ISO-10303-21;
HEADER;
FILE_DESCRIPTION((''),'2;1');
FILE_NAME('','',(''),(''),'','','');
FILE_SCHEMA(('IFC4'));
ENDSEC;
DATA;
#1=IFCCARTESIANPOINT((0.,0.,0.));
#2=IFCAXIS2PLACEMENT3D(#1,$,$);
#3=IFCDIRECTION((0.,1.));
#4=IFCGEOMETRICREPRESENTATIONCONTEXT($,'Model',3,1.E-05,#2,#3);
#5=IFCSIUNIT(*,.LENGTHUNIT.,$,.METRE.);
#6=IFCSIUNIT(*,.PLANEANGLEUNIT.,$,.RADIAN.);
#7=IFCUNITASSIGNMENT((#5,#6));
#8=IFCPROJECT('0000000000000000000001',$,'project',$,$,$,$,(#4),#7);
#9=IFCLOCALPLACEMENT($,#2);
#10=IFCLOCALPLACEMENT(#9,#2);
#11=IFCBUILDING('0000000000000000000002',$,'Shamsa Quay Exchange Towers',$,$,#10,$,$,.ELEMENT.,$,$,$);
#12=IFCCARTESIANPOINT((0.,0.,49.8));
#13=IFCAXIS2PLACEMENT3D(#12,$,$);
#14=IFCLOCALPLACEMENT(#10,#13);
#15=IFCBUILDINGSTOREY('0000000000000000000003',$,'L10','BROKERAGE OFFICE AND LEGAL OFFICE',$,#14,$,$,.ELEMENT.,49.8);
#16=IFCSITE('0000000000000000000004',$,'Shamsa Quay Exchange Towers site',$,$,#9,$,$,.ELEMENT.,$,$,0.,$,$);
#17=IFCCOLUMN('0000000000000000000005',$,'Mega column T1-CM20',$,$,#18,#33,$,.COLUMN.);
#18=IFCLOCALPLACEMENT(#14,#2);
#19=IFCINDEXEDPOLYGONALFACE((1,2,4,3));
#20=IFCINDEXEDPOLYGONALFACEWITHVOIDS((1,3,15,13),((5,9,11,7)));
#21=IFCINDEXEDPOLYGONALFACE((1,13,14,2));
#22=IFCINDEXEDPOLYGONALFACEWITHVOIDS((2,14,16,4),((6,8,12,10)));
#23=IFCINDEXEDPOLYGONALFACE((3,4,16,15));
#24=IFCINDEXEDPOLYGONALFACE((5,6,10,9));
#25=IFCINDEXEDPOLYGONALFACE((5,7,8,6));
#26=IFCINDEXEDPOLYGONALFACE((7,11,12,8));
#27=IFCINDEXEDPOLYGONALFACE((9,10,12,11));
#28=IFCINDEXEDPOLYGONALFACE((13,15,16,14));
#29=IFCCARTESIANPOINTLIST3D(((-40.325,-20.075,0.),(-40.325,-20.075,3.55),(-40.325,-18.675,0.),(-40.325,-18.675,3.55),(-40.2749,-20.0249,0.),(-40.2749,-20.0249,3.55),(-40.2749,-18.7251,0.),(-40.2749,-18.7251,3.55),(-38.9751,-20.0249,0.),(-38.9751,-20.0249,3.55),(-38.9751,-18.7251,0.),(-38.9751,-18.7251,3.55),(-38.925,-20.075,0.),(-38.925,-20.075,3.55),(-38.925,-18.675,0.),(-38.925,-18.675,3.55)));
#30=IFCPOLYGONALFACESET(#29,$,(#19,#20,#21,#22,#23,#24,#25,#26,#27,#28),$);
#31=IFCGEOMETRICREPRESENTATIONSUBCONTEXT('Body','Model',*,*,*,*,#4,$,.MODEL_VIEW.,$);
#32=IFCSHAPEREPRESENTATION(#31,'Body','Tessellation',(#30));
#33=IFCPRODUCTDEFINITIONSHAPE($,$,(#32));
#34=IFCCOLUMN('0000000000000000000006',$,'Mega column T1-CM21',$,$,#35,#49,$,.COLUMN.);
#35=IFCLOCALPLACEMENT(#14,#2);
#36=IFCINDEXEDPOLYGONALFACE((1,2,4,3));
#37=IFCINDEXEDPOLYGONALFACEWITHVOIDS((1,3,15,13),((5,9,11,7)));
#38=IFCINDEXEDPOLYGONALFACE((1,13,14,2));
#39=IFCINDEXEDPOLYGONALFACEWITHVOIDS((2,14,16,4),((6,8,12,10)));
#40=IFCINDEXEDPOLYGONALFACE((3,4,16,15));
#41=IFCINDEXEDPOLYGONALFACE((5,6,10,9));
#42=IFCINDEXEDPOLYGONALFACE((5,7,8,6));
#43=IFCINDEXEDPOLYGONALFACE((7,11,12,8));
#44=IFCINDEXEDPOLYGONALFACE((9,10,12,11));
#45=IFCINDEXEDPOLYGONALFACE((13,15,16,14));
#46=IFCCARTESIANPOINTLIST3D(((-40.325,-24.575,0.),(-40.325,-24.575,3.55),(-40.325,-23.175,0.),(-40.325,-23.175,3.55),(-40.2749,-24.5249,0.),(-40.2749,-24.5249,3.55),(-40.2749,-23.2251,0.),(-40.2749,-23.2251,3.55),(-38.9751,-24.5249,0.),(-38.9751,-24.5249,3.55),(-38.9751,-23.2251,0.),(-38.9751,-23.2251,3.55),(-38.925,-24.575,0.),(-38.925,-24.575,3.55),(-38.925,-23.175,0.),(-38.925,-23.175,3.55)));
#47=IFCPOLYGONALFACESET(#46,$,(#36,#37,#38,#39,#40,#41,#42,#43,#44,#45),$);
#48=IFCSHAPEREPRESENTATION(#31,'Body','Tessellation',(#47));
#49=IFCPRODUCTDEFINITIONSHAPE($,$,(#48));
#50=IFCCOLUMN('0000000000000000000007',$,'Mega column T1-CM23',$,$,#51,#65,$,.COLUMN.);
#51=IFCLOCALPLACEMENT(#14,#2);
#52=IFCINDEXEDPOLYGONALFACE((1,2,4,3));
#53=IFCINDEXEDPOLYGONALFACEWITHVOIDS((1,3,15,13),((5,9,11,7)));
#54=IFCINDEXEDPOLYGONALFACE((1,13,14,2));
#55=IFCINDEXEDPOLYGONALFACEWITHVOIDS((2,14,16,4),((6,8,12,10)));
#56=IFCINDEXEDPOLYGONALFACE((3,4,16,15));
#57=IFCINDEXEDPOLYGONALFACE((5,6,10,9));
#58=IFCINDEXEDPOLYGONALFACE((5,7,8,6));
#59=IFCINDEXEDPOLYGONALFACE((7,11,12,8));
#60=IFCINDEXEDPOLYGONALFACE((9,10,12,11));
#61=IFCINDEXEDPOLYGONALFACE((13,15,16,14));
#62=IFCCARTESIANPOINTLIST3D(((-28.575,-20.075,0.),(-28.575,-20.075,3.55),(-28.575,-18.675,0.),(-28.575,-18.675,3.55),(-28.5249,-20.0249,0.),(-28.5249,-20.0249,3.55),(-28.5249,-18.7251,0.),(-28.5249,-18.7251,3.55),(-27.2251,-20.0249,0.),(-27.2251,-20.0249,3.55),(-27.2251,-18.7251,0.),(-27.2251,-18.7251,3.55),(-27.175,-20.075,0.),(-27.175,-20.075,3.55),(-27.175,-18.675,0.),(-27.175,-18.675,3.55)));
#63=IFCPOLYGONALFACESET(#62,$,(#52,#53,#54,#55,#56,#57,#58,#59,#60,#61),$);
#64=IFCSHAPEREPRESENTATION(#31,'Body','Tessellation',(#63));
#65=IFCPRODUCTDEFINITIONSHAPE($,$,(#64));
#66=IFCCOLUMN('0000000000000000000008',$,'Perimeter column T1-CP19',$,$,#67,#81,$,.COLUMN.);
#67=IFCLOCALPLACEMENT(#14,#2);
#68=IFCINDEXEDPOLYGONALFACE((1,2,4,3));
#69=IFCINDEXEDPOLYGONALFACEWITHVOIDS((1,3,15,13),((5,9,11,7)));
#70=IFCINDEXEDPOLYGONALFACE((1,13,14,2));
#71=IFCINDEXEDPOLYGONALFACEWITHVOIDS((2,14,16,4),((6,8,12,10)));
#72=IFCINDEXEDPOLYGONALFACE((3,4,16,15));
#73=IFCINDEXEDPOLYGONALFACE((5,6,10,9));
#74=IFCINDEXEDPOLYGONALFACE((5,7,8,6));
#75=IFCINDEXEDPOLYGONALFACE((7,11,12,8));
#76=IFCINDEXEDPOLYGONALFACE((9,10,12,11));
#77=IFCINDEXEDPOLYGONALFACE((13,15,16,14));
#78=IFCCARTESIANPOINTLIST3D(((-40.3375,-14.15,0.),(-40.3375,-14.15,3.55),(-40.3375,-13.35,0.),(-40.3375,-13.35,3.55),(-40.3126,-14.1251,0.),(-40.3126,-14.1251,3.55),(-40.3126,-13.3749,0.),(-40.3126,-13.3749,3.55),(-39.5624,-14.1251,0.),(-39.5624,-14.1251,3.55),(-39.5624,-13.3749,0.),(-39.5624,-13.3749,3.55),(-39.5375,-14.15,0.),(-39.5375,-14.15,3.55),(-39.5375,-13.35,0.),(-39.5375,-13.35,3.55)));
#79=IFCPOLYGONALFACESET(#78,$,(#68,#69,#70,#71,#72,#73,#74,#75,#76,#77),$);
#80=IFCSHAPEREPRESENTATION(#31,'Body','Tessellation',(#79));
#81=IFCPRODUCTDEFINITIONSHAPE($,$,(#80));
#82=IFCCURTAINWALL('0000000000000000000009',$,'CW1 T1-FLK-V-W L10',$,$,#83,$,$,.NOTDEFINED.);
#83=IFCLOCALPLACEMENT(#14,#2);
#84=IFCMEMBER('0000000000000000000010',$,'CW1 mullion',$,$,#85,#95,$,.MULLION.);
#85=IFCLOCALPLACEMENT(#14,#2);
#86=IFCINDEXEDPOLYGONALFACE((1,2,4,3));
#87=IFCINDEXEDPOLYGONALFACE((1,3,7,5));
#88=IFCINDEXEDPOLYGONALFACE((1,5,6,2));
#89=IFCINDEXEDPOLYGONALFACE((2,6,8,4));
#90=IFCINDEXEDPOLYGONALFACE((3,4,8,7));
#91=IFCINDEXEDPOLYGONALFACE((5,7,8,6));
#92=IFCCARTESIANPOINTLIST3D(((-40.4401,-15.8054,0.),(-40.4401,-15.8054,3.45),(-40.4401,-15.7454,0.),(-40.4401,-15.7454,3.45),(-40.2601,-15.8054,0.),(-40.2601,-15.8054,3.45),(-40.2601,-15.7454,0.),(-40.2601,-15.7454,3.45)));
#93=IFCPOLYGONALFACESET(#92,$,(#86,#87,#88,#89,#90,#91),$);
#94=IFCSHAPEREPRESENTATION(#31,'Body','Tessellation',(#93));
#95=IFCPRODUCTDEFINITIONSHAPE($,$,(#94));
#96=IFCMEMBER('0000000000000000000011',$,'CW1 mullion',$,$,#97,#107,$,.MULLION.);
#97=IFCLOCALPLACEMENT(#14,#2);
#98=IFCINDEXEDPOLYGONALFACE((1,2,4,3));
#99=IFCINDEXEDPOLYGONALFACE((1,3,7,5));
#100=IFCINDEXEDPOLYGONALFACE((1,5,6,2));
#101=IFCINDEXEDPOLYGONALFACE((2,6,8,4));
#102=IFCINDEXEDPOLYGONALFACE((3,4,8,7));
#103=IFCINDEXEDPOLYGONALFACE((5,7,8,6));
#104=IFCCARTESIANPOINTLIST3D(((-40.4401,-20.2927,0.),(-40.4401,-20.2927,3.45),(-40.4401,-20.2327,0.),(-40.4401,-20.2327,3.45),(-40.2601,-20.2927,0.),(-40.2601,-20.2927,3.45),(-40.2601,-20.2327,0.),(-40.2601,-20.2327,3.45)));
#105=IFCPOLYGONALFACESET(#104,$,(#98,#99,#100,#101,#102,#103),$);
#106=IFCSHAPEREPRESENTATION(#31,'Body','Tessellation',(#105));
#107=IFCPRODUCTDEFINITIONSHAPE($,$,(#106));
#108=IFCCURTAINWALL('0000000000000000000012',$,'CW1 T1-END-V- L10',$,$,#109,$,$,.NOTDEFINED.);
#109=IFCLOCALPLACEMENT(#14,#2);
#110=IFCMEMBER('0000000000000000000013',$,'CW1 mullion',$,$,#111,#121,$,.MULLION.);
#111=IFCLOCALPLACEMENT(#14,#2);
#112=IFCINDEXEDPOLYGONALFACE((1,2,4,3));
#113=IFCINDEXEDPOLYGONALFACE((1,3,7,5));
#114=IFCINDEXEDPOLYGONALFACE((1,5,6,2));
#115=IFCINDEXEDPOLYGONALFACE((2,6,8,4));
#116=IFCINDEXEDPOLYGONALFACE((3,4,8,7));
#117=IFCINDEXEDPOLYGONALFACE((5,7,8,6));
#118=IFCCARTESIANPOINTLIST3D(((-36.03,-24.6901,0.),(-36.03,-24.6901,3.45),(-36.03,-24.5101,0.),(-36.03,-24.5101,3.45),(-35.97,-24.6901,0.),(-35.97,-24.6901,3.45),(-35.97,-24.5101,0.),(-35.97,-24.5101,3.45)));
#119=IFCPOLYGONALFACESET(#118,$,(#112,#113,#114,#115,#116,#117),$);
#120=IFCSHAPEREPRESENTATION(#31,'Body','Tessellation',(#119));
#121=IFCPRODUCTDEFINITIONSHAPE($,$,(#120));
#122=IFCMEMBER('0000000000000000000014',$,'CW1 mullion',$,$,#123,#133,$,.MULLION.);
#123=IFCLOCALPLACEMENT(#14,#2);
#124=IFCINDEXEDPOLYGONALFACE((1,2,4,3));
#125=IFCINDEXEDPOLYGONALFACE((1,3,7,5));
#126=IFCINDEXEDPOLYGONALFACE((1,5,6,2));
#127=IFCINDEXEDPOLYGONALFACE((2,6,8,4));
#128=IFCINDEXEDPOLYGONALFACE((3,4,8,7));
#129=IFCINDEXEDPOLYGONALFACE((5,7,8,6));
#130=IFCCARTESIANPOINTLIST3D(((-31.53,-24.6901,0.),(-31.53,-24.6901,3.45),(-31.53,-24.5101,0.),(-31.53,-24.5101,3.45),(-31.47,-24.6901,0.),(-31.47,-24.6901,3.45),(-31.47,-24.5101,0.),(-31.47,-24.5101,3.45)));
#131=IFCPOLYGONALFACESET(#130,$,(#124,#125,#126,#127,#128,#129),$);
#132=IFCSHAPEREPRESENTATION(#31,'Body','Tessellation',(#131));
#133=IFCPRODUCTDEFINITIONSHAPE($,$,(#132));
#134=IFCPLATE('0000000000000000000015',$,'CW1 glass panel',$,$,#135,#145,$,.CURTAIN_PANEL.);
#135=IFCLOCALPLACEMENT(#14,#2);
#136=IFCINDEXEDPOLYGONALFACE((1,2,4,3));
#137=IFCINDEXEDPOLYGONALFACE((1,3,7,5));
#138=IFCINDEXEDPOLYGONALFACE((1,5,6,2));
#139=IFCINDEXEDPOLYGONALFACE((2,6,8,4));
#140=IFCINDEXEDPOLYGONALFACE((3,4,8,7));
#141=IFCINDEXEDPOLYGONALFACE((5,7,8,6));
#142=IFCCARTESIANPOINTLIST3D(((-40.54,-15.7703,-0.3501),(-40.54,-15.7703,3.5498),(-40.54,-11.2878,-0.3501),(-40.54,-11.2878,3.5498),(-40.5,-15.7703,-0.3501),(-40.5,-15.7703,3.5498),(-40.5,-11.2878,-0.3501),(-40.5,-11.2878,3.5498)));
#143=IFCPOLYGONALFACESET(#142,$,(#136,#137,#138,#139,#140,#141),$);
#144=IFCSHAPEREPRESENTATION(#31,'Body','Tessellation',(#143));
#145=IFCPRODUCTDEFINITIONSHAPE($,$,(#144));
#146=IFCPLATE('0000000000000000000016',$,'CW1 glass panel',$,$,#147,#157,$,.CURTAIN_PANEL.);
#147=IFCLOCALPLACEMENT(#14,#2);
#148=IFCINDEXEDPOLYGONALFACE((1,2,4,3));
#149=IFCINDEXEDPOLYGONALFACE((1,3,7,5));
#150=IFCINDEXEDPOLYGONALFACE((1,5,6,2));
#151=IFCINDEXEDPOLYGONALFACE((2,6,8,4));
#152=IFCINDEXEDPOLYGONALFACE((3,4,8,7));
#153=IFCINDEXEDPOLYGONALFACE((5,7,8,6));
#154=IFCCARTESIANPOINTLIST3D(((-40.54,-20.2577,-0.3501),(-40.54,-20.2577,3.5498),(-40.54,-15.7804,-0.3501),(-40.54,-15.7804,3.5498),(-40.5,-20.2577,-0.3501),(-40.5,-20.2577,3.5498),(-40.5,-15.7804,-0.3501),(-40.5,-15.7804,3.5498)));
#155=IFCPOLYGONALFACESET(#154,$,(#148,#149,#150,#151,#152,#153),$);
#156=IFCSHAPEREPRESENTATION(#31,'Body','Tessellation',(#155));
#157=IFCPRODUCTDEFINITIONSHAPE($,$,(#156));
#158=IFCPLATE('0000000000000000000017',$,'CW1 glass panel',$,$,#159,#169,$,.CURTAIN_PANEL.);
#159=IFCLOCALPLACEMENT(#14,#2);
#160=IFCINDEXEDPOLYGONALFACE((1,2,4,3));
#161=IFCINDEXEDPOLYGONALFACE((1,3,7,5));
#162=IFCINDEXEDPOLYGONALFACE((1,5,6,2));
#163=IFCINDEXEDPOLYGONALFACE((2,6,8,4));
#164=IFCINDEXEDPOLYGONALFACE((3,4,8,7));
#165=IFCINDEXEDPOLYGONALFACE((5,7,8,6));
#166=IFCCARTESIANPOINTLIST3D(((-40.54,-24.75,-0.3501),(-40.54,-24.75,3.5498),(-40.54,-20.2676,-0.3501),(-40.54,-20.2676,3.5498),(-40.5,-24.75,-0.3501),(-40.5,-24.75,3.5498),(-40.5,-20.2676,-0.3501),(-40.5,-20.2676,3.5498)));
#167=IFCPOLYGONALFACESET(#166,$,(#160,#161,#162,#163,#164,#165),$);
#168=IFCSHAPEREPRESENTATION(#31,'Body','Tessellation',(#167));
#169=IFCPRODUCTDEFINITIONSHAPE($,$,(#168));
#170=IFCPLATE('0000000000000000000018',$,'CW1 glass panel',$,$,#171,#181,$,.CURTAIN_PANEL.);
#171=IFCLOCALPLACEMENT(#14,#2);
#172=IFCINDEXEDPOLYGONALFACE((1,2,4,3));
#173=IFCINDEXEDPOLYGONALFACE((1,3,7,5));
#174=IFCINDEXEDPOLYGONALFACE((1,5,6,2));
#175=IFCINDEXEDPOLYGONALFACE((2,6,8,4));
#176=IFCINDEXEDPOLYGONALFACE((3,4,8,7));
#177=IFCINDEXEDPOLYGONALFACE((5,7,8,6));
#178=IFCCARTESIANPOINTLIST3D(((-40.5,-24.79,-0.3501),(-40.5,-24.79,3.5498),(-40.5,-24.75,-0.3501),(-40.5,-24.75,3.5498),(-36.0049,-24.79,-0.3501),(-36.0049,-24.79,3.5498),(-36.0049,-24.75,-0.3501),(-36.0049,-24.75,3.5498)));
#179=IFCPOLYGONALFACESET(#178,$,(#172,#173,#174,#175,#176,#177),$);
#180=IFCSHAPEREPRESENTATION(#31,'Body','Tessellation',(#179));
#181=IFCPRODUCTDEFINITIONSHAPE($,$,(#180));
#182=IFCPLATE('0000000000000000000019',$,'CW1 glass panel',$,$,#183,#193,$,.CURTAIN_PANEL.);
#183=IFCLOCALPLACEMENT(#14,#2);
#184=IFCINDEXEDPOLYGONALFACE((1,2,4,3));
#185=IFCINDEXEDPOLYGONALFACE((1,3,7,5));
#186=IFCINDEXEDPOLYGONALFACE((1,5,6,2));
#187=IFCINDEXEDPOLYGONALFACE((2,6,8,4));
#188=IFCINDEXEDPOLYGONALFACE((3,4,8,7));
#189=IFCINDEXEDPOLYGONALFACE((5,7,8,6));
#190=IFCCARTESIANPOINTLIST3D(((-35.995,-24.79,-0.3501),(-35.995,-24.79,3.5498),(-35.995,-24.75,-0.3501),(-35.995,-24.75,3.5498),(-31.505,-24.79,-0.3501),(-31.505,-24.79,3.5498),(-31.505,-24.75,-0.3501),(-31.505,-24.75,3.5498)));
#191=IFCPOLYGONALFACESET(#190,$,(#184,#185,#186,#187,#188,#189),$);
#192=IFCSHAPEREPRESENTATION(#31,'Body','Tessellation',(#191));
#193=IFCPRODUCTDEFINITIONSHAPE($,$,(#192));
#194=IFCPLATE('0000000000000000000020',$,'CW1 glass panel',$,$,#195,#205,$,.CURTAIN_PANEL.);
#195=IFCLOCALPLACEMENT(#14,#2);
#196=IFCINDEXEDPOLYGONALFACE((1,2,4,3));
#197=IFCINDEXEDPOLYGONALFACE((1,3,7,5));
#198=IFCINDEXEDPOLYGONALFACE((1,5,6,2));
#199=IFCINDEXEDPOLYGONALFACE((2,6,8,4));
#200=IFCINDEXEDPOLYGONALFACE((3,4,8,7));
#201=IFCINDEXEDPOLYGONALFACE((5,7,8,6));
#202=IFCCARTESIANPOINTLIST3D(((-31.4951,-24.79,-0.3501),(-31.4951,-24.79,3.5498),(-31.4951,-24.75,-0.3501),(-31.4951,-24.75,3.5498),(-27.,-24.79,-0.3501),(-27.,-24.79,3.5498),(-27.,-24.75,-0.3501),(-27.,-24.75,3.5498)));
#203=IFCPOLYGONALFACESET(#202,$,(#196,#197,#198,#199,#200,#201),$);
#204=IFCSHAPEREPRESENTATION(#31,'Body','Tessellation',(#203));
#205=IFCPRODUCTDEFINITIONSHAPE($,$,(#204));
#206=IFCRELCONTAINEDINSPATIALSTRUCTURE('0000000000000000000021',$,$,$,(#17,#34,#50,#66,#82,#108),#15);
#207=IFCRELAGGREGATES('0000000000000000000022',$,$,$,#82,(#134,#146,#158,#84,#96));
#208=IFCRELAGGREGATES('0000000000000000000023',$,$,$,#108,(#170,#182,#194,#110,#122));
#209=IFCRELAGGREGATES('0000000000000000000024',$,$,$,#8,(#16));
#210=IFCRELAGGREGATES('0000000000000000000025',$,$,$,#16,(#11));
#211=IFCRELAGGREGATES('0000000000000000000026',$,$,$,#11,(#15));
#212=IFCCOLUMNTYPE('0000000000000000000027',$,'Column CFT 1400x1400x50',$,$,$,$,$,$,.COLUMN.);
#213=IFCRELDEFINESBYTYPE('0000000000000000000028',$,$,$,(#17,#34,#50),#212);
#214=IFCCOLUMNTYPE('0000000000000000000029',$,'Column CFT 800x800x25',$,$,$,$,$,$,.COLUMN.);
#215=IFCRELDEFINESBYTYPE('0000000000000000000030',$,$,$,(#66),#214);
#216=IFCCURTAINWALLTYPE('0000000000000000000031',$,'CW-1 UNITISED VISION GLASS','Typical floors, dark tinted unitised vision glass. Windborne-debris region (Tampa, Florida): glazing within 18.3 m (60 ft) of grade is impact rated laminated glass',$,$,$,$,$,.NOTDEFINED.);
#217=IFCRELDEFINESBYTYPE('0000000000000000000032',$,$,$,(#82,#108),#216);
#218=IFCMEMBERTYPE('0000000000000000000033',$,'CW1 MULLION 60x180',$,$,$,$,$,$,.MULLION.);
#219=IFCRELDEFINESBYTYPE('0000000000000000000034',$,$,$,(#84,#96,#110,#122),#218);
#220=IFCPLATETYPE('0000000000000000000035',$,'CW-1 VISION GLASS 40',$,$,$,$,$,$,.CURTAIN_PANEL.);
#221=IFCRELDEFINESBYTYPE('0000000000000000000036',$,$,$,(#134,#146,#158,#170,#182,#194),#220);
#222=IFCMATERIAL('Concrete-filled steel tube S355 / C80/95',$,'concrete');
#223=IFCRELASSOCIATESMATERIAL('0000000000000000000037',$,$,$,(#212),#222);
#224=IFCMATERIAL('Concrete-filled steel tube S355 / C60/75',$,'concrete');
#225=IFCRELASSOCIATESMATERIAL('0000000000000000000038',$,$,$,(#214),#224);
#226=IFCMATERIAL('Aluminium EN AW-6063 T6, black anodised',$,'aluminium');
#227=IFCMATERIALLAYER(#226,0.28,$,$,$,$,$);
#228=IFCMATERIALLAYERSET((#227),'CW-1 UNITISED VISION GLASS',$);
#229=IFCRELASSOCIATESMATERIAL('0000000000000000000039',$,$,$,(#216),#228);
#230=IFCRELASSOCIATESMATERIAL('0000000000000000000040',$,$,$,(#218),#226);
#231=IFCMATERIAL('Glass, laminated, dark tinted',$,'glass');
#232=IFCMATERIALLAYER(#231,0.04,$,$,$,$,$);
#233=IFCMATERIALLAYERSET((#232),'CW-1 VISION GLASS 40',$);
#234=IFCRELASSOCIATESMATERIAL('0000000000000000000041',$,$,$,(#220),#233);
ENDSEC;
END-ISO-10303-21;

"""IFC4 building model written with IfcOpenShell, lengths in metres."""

from ifc_helpers import new_model, si_unit, direction, frame, origin, origin_2d, place, context, subcontext, project, spatial, rectangle, hollow_rectangle, extrude, material, layer, layer_set, material_profile, profile_set, type_object, element, aggregate, save


model = new_model("IFC4")

# Units and contexts
model_context = context("Model", 3, precision=1e-05, world=origin(), true_north=direction((0.0, 1.0)))
body_context = subcontext(model_context, "Body", "Model", "MODEL_VIEW")
ifc_project = project(units=[si_unit("LENGTHUNIT", "METRE"), si_unit("PLANEANGLEUNIT", "RADIAN")], contexts=[model_context])

# Site, building, storey
site_placement = place(None, origin())
site = spatial("IfcSite", under=ifc_project, at=site_placement, Name="Shamsa Quay Exchange Towers site", CompositionType="ELEMENT", RefElevation=0.0)
building_placement = place(site_placement, origin())
building = spatial("IfcBuilding", under=site, at=building_placement, Name="Shamsa Quay Exchange Towers", CompositionType="ELEMENT")
storey_placement = place(building_placement, frame((0.0, 0.0, 49.8)))
storey = spatial("IfcBuildingStorey", under=building, at=storey_placement, Name="L10", Description="BROKERAGE OFFICE AND LEGAL OFFICE", CompositionType="ELEMENT", Elevation=49.8)

# Columns
ifc_material_1 = material(Name="Concrete-filled steel tube S355 / C80/95", Category="concrete")
ifc_material_profile_1 = material_profile(ifc_material_1, hollow_rectangle(XDim=1.3999, YDim=1.3999, WallThickness=0.05, at=origin_2d()), Name="CFT 1400x1400x50")
ifc_profile_set_1 = profile_set([ifc_material_profile_1], Name="Concrete-filled steel tube S355 / C80/95")
column_type_1 = type_object("IfcColumnType", Name="Column CFT 1400x1400x50", PredefinedType="COLUMN", material=ifc_profile_set_1)
for number, where, name in (
    (1, (-39.625, -19.375, 0.0), "Mega column T1-CM20"),
    (2, (-39.625, -23.875, 0.0), "Mega column T1-CM21"),
    (3, (-27.875, -19.375, 0.0), "Mega column T1-CM23"),
):
    element("IfcColumn", number, at=place(storey_placement, frame(where)), inside=storey, type_object=column_type_1, Name=name, PredefinedType="COLUMN", context=body_context, shape_type="SweptSolid", body=[
        extrude(hollow_rectangle(XDim=1.3999, YDim=1.3999, WallThickness=0.05, at=origin_2d()), origin(), (0.0, 0.0, 1.0), 3.55),
    ])
ifc_material_2 = material(Name="Concrete-filled steel tube S355 / C60/75", Category="concrete")
ifc_material_profile_2 = material_profile(ifc_material_2, hollow_rectangle(XDim=0.8, YDim=0.8, WallThickness=0.0249, at=origin_2d()), Name="CFT 800x800x25")
ifc_profile_set_2 = profile_set([ifc_material_profile_2], Name="Concrete-filled steel tube S355 / C60/75")
column_type_2 = type_object("IfcColumnType", Name="Column CFT 800x800x25", PredefinedType="COLUMN", material=ifc_profile_set_2)
column_placement = place(storey_placement, frame((-39.9375, -13.75, 0.0)))
element("IfcColumn", 4, at=column_placement, inside=storey, type_object=column_type_2, Name="Perimeter column T1-CP19", PredefinedType="COLUMN", context=body_context, shape_type="SweptSolid", body=[
    extrude(hollow_rectangle(XDim=0.8, YDim=0.8, WallThickness=0.0249, at=origin_2d()), origin(), (0.0, 0.0, 1.0), 3.55),
])

# Curtain walls, members
ifc_material_3 = material(Name="Aluminium EN AW-6063 T6, black anodised", Category="aluminium")
ifc_layer_1 = layer(ifc_material_3, 0.28)
ifc_layer_set_1 = layer_set([ifc_layer_1], Name="CW-1 UNITISED VISION GLASS")
curtain_wall_type_1 = type_object("IfcCurtainWallType", Name="CW-1 UNITISED VISION GLASS", Description="Typical floors, dark tinted unitised vision glass. Windborne-debris region (Tampa, Florida): glazing within 18.3 m (60 ft) of grade is impact rated laminated glass", PredefinedType="NOTDEFINED", material=ifc_layer_set_1)
curtain_wall_1_placement = place(storey_placement, origin())
curtain_wall_1 = element("IfcCurtainWall", 5, at=curtain_wall_1_placement, inside=storey, type_object=curtain_wall_type_1, Name="CW1 T1-FLK-V-W L10", PredefinedType="NOTDEFINED")
ifc_material_profile_3 = material_profile(ifc_material_3, rectangle(XDim=0.1799, YDim=0.0601, at=origin_2d()), Name="MU60x180")
ifc_profile_set_3 = profile_set([ifc_material_profile_3], Name="Aluminium EN AW-6063 T6, black anodised")
member_type = type_object("IfcMemberType", Name="CW1 MULLION 60x180", PredefinedType="MULLION", material=ifc_profile_set_3)
member_1_placement = place(storey_placement, frame((-40.3501, -15.7754, 0.0)))
member_1 = element("IfcMember", 6, at=member_1_placement, type_object=member_type, Name="CW1 mullion", PredefinedType="MULLION", context=body_context, shape_type="SweptSolid", body=[
    extrude(rectangle(XDim=0.1799, YDim=0.0601, at=origin_2d()), origin(), (0.0, 0.0, 1.0), 3.45),
])
member_2_placement = place(storey_placement, frame((-40.3501, -20.2627, 0.0)))
member_2 = element("IfcMember", 7, at=member_2_placement, type_object=member_type, Name="CW1 mullion", PredefinedType="MULLION", context=body_context, shape_type="SweptSolid", body=[
    extrude(rectangle(XDim=0.1799, YDim=0.0601, at=origin_2d()), origin(), (0.0, 0.0, 1.0), 3.45),
])
curtain_wall_2_placement = place(storey_placement, origin())
curtain_wall_2 = element("IfcCurtainWall", 8, at=curtain_wall_2_placement, inside=storey, type_object=curtain_wall_type_1, Name="CW1 T1-END-V- L10", PredefinedType="NOTDEFINED")
member_3_placement = place(storey_placement, frame((-36.0, -24.6001, 0.0), z_axis=(0.0, 0.0, 1.0), x_axis=(0.0, 1.0, 0.0)))
member_3 = element("IfcMember", 9, at=member_3_placement, type_object=member_type, Name="CW1 mullion", PredefinedType="MULLION", context=body_context, shape_type="SweptSolid", body=[
    extrude(rectangle(XDim=0.1799, YDim=0.0601, at=origin_2d()), origin(), (0.0, 0.0, 1.0), 3.45),
])
member_4_placement = place(storey_placement, frame((-31.5, -24.6001, 0.0), z_axis=(0.0, 0.0, 1.0), x_axis=(0.0, 1.0, 0.0)))
member_4 = element("IfcMember", 10, at=member_4_placement, type_object=member_type, Name="CW1 mullion", PredefinedType="MULLION", context=body_context, shape_type="SweptSolid", body=[
    extrude(rectangle(XDim=0.1799, YDim=0.0601, at=origin_2d()), origin(), (0.0, 0.0, 1.0), 3.45),
])

# Plates
ifc_material_4 = material(Name="Glass, laminated, dark tinted", Category="glass")
ifc_layer_2 = layer(ifc_material_4, 0.04)
ifc_layer_set_2 = layer_set([ifc_layer_2], Name="CW-1 VISION GLASS 40")
plate_type_1 = type_object("IfcPlateType", Name="CW-1 VISION GLASS 40", PredefinedType="CURTAIN_PANEL", material=ifc_layer_set_2)
plate_1_placement = place(storey_placement, frame((-40.52, -13.5291, -0.3501), z_axis=(0.0, 0.0, 1.0), x_axis=(0.0, -1.0, 0.0)))
plate_1 = element("IfcPlate", 11, at=plate_1_placement, type_object=plate_type_1, Name="CW1 glass panel", PredefinedType="CURTAIN_PANEL", context=body_context, shape_type="SweptSolid", body=[
    extrude(rectangle(XDim=4.4824, YDim=0.04, at=origin_2d()), origin(), (0.0, 0.0, 1.0), 3.8999),
])
plate_2_placement = place(storey_placement, frame((-40.52, -18.019, -0.3501), z_axis=(0.0, 0.0, 1.0), x_axis=(0.0, -1.0, 0.0)))
plate_2 = element("IfcPlate", 12, at=plate_2_placement, type_object=plate_type_1, Name="CW1 glass panel", PredefinedType="CURTAIN_PANEL", context=body_context, shape_type="SweptSolid", body=[
    extrude(rectangle(XDim=4.4773, YDim=0.04, at=origin_2d()), origin(), (0.0, 0.0, 1.0), 3.8999),
])
plate_3_placement = place(storey_placement, frame((-40.52, -22.5088, -0.3501), z_axis=(0.0, 0.0, 1.0), x_axis=(0.0, -1.0, 0.0)))
plate_3 = element("IfcPlate", 13, at=plate_3_placement, type_object=plate_type_1, Name="CW1 glass panel", PredefinedType="CURTAIN_PANEL", context=body_context, shape_type="SweptSolid", body=[
    extrude(rectangle(XDim=4.4824, YDim=0.04, at=origin_2d()), origin(), (0.0, 0.0, 1.0), 3.8999),
])
aggregate(curtain_wall_1, [plate_1, plate_2, plate_3, member_1, member_2])
plate_4_placement = place(storey_placement, frame((-38.2524, -24.77, -0.3501)))
plate_4 = element("IfcPlate", 14, at=plate_4_placement, type_object=plate_type_1, Name="CW1 glass panel", PredefinedType="CURTAIN_PANEL", context=body_context, shape_type="SweptSolid", body=[
    extrude(rectangle(XDim=4.4951, YDim=0.04, at=origin_2d()), origin(), (0.0, 0.0, 1.0), 3.8999),
])
plate_5_placement = place(storey_placement, frame((-33.75, -24.77, -0.3501)))
plate_5 = element("IfcPlate", 15, at=plate_5_placement, type_object=plate_type_1, Name="CW1 glass panel", PredefinedType="CURTAIN_PANEL", context=body_context, shape_type="SweptSolid", body=[
    extrude(rectangle(XDim=4.49, YDim=0.04, at=origin_2d()), origin(), (0.0, 0.0, 1.0), 3.8999),
])
plate_6_placement = place(storey_placement, frame((-29.2476, -24.77, -0.3501)))
plate_6 = element("IfcPlate", 16, at=plate_6_placement, type_object=plate_type_1, Name="CW1 glass panel", PredefinedType="CURTAIN_PANEL", context=body_context, shape_type="SweptSolid", body=[
    extrude(rectangle(XDim=4.4951, YDim=0.04, at=origin_2d()), origin(), (0.0, 0.0, 1.0), 3.8999),
])
aggregate(curtain_wall_2, [plate_4, plate_5, plate_6, member_3, member_4])

save(model, "model.ifc")
